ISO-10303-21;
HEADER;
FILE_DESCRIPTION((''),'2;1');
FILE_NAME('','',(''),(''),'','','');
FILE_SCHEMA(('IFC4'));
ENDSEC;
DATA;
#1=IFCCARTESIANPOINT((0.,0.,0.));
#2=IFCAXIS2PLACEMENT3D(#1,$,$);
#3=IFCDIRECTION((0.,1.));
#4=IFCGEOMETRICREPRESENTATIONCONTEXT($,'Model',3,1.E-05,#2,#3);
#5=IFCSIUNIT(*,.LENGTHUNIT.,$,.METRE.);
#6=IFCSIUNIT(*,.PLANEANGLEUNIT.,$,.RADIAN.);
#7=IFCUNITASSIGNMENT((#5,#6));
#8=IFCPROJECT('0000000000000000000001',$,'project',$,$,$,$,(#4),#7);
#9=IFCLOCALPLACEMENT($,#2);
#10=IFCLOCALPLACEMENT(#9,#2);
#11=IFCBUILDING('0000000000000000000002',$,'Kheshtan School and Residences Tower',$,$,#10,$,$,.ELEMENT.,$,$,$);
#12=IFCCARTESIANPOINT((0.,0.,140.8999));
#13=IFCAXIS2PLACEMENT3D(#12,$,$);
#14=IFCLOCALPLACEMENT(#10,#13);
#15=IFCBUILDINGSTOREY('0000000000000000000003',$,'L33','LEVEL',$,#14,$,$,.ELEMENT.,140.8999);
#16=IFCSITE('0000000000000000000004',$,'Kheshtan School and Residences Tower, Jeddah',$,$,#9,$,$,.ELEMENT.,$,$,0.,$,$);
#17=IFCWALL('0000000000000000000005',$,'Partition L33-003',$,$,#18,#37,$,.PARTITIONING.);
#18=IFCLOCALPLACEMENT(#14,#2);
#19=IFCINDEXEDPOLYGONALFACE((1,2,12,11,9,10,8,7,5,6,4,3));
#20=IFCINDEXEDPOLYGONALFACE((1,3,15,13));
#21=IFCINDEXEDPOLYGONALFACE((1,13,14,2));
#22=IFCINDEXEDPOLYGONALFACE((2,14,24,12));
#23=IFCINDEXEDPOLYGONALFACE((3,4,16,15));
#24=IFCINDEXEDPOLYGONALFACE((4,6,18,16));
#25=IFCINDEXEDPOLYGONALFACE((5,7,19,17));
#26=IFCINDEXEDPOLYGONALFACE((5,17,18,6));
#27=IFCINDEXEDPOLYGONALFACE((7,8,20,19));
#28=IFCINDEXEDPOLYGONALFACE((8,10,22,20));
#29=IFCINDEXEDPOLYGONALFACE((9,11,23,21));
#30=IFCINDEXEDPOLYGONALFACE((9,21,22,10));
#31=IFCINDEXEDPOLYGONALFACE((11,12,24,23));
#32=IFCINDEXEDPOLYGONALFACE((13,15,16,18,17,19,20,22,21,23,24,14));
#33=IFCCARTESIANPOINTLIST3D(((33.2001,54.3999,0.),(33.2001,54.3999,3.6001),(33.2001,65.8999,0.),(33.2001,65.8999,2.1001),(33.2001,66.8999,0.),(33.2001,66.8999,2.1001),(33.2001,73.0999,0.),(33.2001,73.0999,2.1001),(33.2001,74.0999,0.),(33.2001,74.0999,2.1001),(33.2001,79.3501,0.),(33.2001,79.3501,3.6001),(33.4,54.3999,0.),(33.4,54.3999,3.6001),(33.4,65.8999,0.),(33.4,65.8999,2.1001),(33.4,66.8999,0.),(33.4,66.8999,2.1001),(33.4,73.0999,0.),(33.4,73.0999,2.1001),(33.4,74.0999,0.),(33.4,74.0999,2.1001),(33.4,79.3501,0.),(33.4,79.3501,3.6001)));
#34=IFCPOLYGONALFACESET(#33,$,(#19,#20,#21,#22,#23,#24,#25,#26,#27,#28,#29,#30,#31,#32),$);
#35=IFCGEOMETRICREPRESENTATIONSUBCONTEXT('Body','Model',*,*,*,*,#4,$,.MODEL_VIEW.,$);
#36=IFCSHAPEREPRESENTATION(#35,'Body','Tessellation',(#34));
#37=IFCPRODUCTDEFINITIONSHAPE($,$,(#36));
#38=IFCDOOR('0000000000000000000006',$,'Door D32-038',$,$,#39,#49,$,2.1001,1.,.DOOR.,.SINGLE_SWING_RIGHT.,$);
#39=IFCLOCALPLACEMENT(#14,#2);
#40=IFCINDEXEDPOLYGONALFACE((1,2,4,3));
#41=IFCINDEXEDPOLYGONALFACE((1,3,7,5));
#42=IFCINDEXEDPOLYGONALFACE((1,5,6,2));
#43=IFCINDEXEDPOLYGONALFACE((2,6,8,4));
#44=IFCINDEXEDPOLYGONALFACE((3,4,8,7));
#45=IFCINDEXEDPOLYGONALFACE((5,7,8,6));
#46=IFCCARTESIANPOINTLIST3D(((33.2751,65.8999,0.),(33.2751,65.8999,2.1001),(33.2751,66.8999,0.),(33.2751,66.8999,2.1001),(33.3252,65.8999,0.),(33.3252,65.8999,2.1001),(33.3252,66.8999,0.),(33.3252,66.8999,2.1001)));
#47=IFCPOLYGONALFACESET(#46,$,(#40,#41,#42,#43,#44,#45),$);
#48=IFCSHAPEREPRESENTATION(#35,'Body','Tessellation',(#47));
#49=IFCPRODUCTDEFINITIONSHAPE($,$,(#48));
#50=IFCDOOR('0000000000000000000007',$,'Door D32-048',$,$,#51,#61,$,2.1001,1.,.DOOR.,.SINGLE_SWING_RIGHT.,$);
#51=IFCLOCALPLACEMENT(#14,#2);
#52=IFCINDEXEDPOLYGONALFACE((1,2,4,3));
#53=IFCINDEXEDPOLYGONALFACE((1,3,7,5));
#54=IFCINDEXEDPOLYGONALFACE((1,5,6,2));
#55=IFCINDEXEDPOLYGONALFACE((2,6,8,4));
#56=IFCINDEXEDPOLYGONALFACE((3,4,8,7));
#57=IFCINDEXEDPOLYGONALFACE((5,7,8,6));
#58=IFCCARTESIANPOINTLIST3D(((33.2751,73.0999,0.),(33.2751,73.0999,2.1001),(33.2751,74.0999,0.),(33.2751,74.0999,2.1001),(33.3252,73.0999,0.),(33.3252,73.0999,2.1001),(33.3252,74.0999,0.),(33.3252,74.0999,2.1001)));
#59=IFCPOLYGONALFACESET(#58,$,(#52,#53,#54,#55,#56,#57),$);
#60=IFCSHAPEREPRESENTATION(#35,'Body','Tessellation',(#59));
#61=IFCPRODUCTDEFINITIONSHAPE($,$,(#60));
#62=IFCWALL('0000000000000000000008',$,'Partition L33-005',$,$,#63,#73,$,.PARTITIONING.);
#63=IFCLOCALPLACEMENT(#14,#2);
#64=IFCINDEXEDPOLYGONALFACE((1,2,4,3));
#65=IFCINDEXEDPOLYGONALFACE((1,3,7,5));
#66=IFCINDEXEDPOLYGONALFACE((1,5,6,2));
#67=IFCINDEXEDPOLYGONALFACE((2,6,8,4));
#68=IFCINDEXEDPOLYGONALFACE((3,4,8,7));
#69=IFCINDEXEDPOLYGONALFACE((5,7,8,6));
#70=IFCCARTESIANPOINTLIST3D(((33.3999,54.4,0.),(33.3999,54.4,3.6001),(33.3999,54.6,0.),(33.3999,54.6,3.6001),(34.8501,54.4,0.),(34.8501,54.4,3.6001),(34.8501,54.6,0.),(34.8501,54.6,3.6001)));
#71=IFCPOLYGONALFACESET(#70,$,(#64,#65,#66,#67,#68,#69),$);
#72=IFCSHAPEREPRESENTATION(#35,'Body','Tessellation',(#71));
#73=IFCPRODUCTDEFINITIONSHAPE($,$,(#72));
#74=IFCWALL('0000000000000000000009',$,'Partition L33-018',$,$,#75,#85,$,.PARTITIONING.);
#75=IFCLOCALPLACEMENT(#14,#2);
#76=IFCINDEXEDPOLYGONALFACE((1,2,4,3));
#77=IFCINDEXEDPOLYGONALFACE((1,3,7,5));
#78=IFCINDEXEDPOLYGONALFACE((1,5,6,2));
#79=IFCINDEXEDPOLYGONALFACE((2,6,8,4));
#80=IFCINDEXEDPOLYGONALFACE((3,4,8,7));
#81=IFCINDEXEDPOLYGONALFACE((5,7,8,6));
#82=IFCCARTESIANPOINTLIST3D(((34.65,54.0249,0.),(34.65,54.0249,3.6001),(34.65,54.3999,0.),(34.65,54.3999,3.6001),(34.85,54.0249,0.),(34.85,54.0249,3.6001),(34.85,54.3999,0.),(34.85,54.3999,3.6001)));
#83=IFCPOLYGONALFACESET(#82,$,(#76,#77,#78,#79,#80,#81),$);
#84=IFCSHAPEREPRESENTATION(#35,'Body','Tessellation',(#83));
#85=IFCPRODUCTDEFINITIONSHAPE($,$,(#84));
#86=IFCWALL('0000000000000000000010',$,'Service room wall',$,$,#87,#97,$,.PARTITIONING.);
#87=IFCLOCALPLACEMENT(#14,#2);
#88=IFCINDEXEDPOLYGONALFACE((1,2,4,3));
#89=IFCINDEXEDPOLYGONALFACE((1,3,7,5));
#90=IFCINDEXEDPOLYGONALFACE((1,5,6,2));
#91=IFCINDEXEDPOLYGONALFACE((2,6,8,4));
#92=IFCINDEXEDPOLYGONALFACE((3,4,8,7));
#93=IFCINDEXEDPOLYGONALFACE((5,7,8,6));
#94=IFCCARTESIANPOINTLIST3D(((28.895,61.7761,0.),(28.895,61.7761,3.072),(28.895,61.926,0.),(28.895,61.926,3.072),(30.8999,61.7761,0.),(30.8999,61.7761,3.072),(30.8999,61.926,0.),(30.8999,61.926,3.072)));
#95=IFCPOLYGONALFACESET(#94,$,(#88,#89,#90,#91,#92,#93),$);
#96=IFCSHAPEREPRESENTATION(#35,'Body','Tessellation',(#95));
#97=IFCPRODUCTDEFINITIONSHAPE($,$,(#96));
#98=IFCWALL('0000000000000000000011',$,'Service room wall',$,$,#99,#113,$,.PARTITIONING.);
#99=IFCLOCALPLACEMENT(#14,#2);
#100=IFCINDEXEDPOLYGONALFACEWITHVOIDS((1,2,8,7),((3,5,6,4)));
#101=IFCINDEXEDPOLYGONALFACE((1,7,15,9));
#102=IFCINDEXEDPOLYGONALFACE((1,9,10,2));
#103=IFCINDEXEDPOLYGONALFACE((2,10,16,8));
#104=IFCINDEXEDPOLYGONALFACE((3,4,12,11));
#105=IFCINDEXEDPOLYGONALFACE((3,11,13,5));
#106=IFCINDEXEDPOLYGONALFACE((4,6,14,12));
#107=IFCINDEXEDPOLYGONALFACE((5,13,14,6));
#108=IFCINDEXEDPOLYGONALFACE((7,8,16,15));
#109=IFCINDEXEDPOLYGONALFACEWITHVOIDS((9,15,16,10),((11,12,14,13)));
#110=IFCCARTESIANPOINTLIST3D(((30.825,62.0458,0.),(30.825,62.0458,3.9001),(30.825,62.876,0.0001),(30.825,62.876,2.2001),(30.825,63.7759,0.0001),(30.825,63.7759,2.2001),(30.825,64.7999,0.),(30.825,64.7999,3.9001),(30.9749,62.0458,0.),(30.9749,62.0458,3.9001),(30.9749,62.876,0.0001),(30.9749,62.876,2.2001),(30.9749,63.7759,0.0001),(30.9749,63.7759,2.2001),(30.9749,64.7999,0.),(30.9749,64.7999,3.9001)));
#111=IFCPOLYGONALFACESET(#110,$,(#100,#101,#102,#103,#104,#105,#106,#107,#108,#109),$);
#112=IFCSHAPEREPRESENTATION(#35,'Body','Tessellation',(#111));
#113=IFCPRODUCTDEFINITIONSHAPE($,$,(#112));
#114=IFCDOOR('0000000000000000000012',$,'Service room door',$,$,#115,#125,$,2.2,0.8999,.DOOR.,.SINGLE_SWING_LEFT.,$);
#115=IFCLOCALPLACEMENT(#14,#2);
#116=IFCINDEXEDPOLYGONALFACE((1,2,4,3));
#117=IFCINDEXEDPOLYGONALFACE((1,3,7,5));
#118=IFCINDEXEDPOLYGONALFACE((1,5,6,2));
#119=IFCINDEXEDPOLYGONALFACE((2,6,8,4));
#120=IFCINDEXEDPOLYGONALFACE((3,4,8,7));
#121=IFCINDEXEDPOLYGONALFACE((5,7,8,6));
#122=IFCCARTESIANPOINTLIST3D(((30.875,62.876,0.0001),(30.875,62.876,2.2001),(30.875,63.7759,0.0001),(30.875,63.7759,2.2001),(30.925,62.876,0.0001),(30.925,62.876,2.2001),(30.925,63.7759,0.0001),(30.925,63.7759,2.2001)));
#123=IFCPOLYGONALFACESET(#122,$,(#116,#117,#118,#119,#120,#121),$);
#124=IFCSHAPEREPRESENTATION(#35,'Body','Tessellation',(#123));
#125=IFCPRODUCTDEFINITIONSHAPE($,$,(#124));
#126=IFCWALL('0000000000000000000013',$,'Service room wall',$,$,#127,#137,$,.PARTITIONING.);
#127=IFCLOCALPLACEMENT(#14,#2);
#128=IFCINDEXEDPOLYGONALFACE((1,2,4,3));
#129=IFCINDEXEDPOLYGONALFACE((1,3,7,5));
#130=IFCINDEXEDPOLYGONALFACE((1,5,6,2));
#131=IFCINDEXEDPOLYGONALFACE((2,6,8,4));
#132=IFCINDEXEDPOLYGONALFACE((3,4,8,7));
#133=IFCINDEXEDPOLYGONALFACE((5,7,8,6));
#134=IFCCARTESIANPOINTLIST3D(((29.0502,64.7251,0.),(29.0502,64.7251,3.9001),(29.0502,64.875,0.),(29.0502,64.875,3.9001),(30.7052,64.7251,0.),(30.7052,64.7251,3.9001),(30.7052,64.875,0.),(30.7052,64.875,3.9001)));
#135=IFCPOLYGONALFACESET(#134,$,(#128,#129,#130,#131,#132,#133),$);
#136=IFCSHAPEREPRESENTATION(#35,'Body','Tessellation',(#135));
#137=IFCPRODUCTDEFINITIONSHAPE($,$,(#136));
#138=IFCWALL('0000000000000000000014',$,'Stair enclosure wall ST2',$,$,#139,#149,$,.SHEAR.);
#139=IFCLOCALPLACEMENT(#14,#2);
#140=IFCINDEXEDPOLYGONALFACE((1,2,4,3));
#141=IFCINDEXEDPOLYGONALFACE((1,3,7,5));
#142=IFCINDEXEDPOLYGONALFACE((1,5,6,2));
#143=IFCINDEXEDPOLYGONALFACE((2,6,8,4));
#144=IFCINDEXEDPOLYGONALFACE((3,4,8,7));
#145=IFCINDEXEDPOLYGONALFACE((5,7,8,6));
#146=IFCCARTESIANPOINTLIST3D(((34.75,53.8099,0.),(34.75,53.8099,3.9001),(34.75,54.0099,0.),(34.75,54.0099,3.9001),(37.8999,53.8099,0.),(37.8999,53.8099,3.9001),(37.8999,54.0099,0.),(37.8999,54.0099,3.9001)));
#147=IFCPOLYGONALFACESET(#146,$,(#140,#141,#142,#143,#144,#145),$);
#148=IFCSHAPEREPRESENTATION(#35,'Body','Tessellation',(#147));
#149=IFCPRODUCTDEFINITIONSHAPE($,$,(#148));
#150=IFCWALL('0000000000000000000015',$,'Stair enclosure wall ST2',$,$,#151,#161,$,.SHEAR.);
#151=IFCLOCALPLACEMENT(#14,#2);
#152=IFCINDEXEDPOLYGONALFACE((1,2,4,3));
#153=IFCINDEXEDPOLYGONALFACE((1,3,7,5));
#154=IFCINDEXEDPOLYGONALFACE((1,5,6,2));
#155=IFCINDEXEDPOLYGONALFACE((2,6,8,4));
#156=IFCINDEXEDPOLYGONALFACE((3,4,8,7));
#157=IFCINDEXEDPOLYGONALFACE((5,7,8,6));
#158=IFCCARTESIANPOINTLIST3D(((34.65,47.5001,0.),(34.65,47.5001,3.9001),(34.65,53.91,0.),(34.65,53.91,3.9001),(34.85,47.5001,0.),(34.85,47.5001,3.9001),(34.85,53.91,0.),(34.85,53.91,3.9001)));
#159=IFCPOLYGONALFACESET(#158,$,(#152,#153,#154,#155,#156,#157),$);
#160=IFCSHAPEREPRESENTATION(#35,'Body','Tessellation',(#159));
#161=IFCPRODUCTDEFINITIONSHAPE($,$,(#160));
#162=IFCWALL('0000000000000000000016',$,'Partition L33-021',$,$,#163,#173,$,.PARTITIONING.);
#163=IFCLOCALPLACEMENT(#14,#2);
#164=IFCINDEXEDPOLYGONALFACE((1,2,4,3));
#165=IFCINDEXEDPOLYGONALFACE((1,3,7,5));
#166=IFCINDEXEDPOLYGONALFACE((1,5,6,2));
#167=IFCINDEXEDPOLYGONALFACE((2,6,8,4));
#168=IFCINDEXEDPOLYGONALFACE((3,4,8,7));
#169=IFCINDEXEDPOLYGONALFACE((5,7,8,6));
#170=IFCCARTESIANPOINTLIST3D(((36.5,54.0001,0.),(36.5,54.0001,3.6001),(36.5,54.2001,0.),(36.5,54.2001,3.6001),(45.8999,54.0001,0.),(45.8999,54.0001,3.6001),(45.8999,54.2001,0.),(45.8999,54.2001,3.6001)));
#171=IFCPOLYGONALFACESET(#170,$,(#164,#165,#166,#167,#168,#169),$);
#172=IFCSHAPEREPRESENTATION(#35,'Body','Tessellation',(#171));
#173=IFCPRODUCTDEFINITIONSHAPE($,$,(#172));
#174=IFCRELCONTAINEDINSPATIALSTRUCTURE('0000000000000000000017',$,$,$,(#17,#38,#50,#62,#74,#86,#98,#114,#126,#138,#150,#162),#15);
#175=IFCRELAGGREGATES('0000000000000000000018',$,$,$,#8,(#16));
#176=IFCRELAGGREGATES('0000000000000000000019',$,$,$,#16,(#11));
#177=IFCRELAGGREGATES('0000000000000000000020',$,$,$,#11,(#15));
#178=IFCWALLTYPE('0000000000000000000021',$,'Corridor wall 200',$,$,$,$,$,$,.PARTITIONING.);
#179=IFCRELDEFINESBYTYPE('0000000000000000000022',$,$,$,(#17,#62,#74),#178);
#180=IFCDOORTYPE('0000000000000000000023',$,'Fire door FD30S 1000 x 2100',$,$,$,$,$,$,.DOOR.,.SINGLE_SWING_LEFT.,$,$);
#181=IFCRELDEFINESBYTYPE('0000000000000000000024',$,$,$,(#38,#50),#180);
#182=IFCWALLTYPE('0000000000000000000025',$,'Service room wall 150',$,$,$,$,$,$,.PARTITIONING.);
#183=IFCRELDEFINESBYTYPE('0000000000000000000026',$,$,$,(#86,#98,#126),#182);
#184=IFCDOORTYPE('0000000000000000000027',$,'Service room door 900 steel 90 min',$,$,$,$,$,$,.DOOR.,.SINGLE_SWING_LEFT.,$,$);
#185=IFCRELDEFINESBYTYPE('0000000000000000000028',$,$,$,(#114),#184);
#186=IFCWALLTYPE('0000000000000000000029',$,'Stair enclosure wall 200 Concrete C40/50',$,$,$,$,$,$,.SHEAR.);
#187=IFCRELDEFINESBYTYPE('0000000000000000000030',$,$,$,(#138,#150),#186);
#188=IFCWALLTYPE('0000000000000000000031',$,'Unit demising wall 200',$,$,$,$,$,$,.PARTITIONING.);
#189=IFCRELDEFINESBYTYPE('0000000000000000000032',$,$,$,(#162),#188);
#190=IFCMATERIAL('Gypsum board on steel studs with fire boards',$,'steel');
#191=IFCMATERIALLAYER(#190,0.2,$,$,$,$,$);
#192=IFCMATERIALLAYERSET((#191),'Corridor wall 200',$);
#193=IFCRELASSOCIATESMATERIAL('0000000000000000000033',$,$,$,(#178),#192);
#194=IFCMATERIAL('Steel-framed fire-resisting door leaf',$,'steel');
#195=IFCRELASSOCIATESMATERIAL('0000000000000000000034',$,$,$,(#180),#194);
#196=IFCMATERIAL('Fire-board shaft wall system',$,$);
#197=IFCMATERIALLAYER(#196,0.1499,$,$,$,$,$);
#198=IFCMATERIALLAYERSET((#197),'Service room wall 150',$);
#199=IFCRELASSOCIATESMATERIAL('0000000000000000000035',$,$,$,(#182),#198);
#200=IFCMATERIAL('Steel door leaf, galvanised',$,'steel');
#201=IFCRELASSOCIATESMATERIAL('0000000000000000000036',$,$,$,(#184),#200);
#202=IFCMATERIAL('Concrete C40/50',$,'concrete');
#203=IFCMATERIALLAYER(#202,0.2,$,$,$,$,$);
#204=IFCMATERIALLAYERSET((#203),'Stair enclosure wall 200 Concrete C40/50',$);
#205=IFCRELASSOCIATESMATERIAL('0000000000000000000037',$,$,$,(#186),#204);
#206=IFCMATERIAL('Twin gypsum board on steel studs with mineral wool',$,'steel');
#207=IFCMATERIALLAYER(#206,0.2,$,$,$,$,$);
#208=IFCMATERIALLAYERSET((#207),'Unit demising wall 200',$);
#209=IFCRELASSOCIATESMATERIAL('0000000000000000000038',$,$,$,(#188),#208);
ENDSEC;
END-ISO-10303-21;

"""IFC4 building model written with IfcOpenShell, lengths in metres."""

from ifc_helpers import new_model, si_unit, direction, frame, frame_2d, origin, place, context, subcontext, project, spatial, rectangle, extrude, source, transform, mapped, material, layer, layer_set, type_object, element, fill, save


model = new_model("IFC4")

# Units and contexts
model_context = context("Model", 3, precision=1e-05, world=origin(), true_north=direction((0.0, 1.0)))
body_context = subcontext(model_context, "Body", "Model", "MODEL_VIEW")
ifc_project = project(units=[si_unit("LENGTHUNIT", "METRE"), si_unit("PLANEANGLEUNIT", "RADIAN")], contexts=[model_context])

# Site, building, storey
site_placement = place(None, origin())
site = spatial("IfcSite", under=ifc_project, at=site_placement, Name="Kheshtan School and Residences Tower, Jeddah", CompositionType="ELEMENT", RefElevation=0.0)
building_placement = place(site_placement, origin())
building = spatial("IfcBuilding", under=site, at=building_placement, Name="Kheshtan School and Residences Tower", CompositionType="ELEMENT")
storey_placement = place(building_placement, frame((0.0, 0.0, 140.8999)))
storey = spatial("IfcBuildingStorey", under=building, at=storey_placement, Name="L33", Description="LEVEL", CompositionType="ELEMENT", Elevation=140.8999)

# Wall, openings, doors
ifc_material_1 = material(Name="Gypsum board on steel studs with fire boards", Category="steel")
ifc_layer_1 = layer(ifc_material_1, 0.2)
ifc_layer_set_1 = layer_set([ifc_layer_1], Name="Corridor wall 200")
wall_type_1 = type_object("IfcWallType", Name="Corridor wall 200", PredefinedType="PARTITIONING", material=ifc_layer_set_1)
wall_1_placement = place(storey_placement, frame((33.3, 54.3999, 0.0), z_axis=(0.0, 0.0, 1.0), x_axis=(0.0, 1.0, 0.0)))
wall_1 = element("IfcWall", 1, at=wall_1_placement, inside=storey, type_object=wall_type_1, Name="Partition L33-003", PredefinedType="PARTITIONING", context=body_context, shape_type="SweptSolid", body=[
    extrude(rectangle(XDim=24.9502, YDim=0.2, at=frame_2d((12.4751, 0.0))), origin(), (0.0, 0.0, 1.0), 3.6001),
])
opening_1_placement = place(wall_1_placement, frame((11.5, 0.0, 0.0)))
opening_1 = element("IfcOpeningElement", 2, at=opening_1_placement, cuts=wall_1, PredefinedType="OPENING", context=body_context, shape_type="SweptSolid", body=[
    extrude(rectangle(XDim=1.0, YDim=2.1001, at=frame_2d((0.5, 1.05))), frame((0.0, 0.1099, 0.0), z_axis=(0.0, -1.0, 0.0), x_axis=(1.0, 0.0, 0.0)), (0.0, 0.0, 1.0), 0.22),
])
opening_2_placement = place(wall_1_placement, frame((18.7, 0.0, 0.0)))
opening_2 = element("IfcOpeningElement", 3, at=opening_2_placement, cuts=wall_1, PredefinedType="OPENING", context=body_context, shape_type="SweptSolid", body=[
    extrude(rectangle(XDim=1.0, YDim=2.1001, at=frame_2d((0.5, 1.05))), frame((0.0, 0.1099, 0.0), z_axis=(0.0, -1.0, 0.0), x_axis=(1.0, 0.0, 0.0)), (0.0, 0.0, 1.0), 0.22),
])
ifc_material_2 = material(Name="Steel-framed fire-resisting door leaf", Category="steel")
door_type_1 = type_object("IfcDoorType", Name="Fire door FD30S 1000 x 2100", OperationType="SINGLE_SWING_LEFT", PredefinedType="DOOR", material=ifc_material_2)
shared_shape_1 = source(origin(), body_context, "Body", "SweptSolid", [
    extrude(rectangle(XDim=1.0, YDim=2.1001, at=frame_2d((0.5, 1.05))), frame((0.0, 0.0249, 0.0), z_axis=(0.0, -1.0, 0.0), x_axis=(1.0, 0.0, 0.0)), (0.0, 0.0, 1.0), 0.05),
])
door_1_placement = place(opening_1_placement, origin())
door_1 = element("IfcDoor", 4, at=door_1_placement, inside=storey, type_object=door_type_1, Name="Door D32-038", OperationType="SINGLE_SWING_RIGHT", OverallHeight=2.1001, OverallWidth=1.0, PredefinedType="DOOR", context=body_context, shape_type="MappedRepresentation", body=[
    mapped(shared_shape_1, transform((0.0, 0.0, 0.0), x_axis=(1.0, 0.0, 0.0), y_axis=(0.0, 1.0, 0.0), z_axis=(0.0, 0.0, 1.0), scale=1.0)),
])
fill(opening_1, door_1)
door_2_placement = place(opening_2_placement, origin())
door_2 = element("IfcDoor", 5, at=door_2_placement, inside=storey, type_object=door_type_1, Name="Door D32-048", OperationType="SINGLE_SWING_RIGHT", OverallHeight=2.1001, OverallWidth=1.0, PredefinedType="DOOR", context=body_context, shape_type="MappedRepresentation", body=[
    mapped(shared_shape_1, transform((0.0, 0.0, 0.0), x_axis=(1.0, 0.0, 0.0), y_axis=(0.0, 1.0, 0.0), z_axis=(0.0, 0.0, 1.0), scale=1.0)),
])
fill(opening_2, door_2)

# Walls
wall_2_placement = place(storey_placement, frame((33.3999, 54.5, 0.0), z_axis=(0.0, 0.0, 1.0), x_axis=(1.0, 0.0, 0.0)))
element("IfcWall", 6, at=wall_2_placement, inside=storey, type_object=wall_type_1, Name="Partition L33-005", PredefinedType="PARTITIONING", context=body_context, shape_type="SweptSolid", body=[
    extrude(rectangle(XDim=1.4502, YDim=0.2, at=frame_2d((0.7251, 0.0))), origin(), (0.0, 0.0, 1.0), 3.6001),
])
wall_3_placement = place(storey_placement, frame((34.75, 54.0249, 0.0), z_axis=(0.0, 0.0, 1.0), x_axis=(0.0, 1.0, 0.0)))
element("IfcWall", 7, at=wall_3_placement, inside=storey, type_object=wall_type_1, Name="Partition L33-018", PredefinedType="PARTITIONING", context=body_context, shape_type="SweptSolid", body=[
    extrude(rectangle(XDim=0.375, YDim=0.2, at=frame_2d((0.1875, 0.0))), origin(), (0.0, 0.0, 1.0), 3.6001),
])
ifc_material_3 = material(Name="Fire-board shaft wall system")
ifc_layer_2 = layer(ifc_material_3, 0.1499)
ifc_layer_set_2 = layer_set([ifc_layer_2], Name="Service room wall 150")
wall_type_2 = type_object("IfcWallType", Name="Service room wall 150", PredefinedType="PARTITIONING", material=ifc_layer_set_2)
wall_4_placement = place(storey_placement, frame((28.895, 61.8511, 0.0), z_axis=(0.0, 0.0, 1.0), x_axis=(1.0, 0.0, 0.0)))
element("IfcWall", 8, at=wall_4_placement, inside=storey, type_object=wall_type_2, Name="Service room wall", PredefinedType="PARTITIONING", context=body_context, shape_type="SweptSolid", body=[
    extrude(rectangle(XDim=2.0049, YDim=0.1499, at=frame_2d((1.0024, 0.0))), origin(), (0.0, 0.0, 1.0), 3.072),
])

# Wall, opening, door
wall_5_placement = place(storey_placement, frame((30.8999, 62.0459, 0.0), z_axis=(0.0, 0.0, 1.0), x_axis=(0.0, 1.0, 0.0)))
wall_5 = element("IfcWall", 9, at=wall_5_placement, inside=storey, type_object=wall_type_2, Name="Service room wall", PredefinedType="PARTITIONING", context=body_context, shape_type="SweptSolid", body=[
    extrude(rectangle(XDim=2.7542, YDim=0.1499, at=frame_2d((1.377, 0.0))), origin(), (0.0, 0.0, 1.0), 3.9001),
])
opening_3_placement = place(wall_5_placement, frame((0.8301, 0.0, 0.0)))
opening_3 = element("IfcOpeningElement", 10, at=opening_3_placement, cuts=wall_5, PredefinedType="OPENING", context=body_context, shape_type="SweptSolid", body=[
    extrude(rectangle(XDim=0.8999, YDim=2.2, at=frame_2d((0.45, 1.1001))), frame((0.0, 0.085, 0.0), z_axis=(0.0, -1.0, 0.0), x_axis=(1.0, 0.0, 0.0)), (0.0, 0.0, 1.0), 0.1699),
])
ifc_material_4 = material(Name="Steel door leaf, galvanised", Category="steel")
door_type_2 = type_object("IfcDoorType", Name="Service room door 900 steel 90 min", OperationType="SINGLE_SWING_LEFT", PredefinedType="DOOR", material=ifc_material_4)
shared_shape_2 = source(origin(), body_context, "Body", "SweptSolid", [
    extrude(rectangle(XDim=0.8999, YDim=2.2, at=frame_2d((0.45, 1.1001))), frame((0.0, 0.0249, 0.0), z_axis=(0.0, -1.0, 0.0), x_axis=(1.0, 0.0, 0.0)), (0.0, 0.0, 1.0), 0.05),
])
door_3_placement = place(opening_3_placement, origin())
door_3 = element("IfcDoor", 11, at=door_3_placement, inside=storey, type_object=door_type_2, Name="Service room door", OperationType="SINGLE_SWING_LEFT", OverallHeight=2.2, OverallWidth=0.8999, PredefinedType="DOOR", context=body_context, shape_type="MappedRepresentation", body=[
    mapped(shared_shape_2, transform((0.0, 0.0, 0.0), x_axis=(1.0, 0.0, 0.0), y_axis=(0.0, 1.0, 0.0), z_axis=(0.0, 0.0, 1.0), scale=1.0)),
])
fill(opening_3, door_3)

# Walls
wall_6_placement = place(storey_placement, frame((29.05, 64.8, 0.0), z_axis=(0.0, 0.0, 1.0), x_axis=(1.0, 0.0, 0.0)))
element("IfcWall", 12, at=wall_6_placement, inside=storey, type_object=wall_type_2, Name="Service room wall", PredefinedType="PARTITIONING", context=body_context, shape_type="SweptSolid", body=[
    extrude(rectangle(XDim=1.655, YDim=0.1499, at=frame_2d((0.8276, 0.0))), origin(), (0.0, 0.0, 1.0), 3.9001),
])
ifc_material_5 = material(Name="Concrete C40/50", Category="concrete")
ifc_layer_3 = layer(ifc_material_5, 0.2)
ifc_layer_set_3 = layer_set([ifc_layer_3], Name="Stair enclosure wall 200 Concrete C40/50")
wall_type_3 = type_object("IfcWallType", Name="Stair enclosure wall 200 Concrete C40/50", PredefinedType="SHEAR", material=ifc_layer_set_3)
wall_7_placement = place(storey_placement, frame((34.75, 53.9099, 0.0), z_axis=(0.0, 0.0, 1.0), x_axis=(1.0, 0.0, 0.0)))
element("IfcWall", 13, at=wall_7_placement, inside=storey, type_object=wall_type_3, Name="Stair enclosure wall ST2", PredefinedType="SHEAR", context=body_context, shape_type="SweptSolid", body=[
    extrude(rectangle(XDim=3.1499, YDim=0.2, at=frame_2d((1.575, 0.0))), origin(), (0.0, 0.0, 1.0), 3.9001),
])
wall_8_placement = place(storey_placement, frame((34.75, 47.5, 0.0), z_axis=(0.0, 0.0, 1.0), x_axis=(0.0, 1.0, 0.0)))
element("IfcWall", 14, at=wall_8_placement, inside=storey, type_object=wall_type_3, Name="Stair enclosure wall ST2", PredefinedType="SHEAR", context=body_context, shape_type="SweptSolid", body=[
    extrude(rectangle(XDim=6.4099, YDim=0.2, at=frame_2d((3.2051, 0.0))), origin(), (0.0, 0.0, 1.0), 3.9001),
])
ifc_material_6 = material(Name="Twin gypsum board on steel studs with mineral wool", Category="steel")
ifc_layer_4 = layer(ifc_material_6, 0.2)
ifc_layer_set_4 = layer_set([ifc_layer_4], Name="Unit demising wall 200")
wall_type_4 = type_object("IfcWallType", Name="Unit demising wall 200", PredefinedType="PARTITIONING", material=ifc_layer_set_4)
wall_9_placement = place(storey_placement, frame((36.5, 54.1001, 0.0), z_axis=(0.0, 0.0, 1.0), x_axis=(1.0, 0.0, 0.0)))
element("IfcWall", 15, at=wall_9_placement, inside=storey, type_object=wall_type_4, Name="Partition L33-021", PredefinedType="PARTITIONING", context=body_context, shape_type="SweptSolid", body=[
    extrude(rectangle(XDim=9.3999, YDim=0.2, at=frame_2d((4.7, 0.0))), origin(), (0.0, 0.0, 1.0), 3.6001),
])

save(model, "model.ifc")
